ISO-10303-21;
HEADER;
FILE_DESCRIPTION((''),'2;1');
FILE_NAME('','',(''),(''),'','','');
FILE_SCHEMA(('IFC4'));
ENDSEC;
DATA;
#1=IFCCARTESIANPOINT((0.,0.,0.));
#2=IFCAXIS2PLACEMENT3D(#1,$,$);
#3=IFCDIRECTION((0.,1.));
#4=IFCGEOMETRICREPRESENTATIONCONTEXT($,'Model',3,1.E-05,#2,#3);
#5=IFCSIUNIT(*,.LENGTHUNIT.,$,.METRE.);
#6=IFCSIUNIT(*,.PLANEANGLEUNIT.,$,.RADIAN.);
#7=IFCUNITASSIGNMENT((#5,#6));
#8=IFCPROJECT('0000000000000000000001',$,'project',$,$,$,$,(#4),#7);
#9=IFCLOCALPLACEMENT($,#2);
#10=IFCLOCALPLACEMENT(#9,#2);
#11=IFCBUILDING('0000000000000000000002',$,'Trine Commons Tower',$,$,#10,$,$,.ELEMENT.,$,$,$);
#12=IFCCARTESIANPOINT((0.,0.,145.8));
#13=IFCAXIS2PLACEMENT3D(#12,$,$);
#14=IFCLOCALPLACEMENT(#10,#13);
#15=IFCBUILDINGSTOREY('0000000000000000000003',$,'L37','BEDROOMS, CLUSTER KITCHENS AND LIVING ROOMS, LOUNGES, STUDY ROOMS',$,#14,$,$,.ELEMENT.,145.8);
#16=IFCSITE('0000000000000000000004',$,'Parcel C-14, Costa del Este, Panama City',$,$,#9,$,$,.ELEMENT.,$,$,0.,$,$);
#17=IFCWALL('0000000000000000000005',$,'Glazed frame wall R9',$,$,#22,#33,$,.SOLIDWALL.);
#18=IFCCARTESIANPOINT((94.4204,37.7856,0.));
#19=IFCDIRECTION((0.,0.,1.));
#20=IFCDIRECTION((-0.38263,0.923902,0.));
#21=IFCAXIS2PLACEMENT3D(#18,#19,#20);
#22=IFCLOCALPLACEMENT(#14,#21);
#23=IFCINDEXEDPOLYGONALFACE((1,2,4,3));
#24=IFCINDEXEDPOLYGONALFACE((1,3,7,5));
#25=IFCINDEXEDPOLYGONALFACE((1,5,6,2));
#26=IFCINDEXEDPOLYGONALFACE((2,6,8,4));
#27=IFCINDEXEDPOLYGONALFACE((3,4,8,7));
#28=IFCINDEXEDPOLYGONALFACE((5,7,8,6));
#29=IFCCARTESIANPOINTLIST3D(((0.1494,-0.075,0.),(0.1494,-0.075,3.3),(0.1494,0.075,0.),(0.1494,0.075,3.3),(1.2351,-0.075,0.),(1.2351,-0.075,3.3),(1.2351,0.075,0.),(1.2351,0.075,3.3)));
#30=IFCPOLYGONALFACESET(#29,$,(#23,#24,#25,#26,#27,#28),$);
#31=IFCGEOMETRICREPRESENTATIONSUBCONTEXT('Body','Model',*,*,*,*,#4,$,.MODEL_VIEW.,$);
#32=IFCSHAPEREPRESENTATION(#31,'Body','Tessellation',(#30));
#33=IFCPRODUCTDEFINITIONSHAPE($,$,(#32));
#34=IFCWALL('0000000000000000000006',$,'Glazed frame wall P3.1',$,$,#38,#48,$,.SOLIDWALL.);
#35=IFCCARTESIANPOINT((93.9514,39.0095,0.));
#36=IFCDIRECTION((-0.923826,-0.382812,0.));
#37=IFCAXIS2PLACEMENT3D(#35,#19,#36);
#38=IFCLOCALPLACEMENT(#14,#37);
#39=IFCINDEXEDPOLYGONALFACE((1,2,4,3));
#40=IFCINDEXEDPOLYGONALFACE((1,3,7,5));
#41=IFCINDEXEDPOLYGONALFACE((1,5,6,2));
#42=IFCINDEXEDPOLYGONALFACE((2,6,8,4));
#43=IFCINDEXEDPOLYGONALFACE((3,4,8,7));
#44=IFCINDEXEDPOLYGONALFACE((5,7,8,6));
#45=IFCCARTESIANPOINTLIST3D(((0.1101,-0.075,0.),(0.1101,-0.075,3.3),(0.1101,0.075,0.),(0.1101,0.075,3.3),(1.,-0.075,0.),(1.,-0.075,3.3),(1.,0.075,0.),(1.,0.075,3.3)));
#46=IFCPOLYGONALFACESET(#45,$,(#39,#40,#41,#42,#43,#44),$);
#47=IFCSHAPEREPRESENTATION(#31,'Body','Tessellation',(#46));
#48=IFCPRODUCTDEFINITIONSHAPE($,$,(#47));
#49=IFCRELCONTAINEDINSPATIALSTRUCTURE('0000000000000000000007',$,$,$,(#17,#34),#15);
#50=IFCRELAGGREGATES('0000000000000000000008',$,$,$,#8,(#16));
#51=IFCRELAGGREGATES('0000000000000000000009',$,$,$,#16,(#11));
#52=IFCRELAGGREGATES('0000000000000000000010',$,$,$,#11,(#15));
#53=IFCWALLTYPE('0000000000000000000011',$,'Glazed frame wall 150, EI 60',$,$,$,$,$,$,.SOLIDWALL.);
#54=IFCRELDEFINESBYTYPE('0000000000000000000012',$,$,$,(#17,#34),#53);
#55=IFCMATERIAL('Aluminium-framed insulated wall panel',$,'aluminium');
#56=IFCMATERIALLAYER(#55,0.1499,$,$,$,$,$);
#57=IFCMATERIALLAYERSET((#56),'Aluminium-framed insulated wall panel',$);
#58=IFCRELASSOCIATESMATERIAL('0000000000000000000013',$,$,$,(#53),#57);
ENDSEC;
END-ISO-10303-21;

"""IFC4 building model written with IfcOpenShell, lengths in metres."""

from ifc_helpers import new_model, si_unit, direction, frame, origin, place, context, subcontext, project, spatial, polyline, outline, extrude, material, layer, layer_set, type_object, element, save


model = new_model("IFC4")

# Units and contexts
model_context = context("Model", 3, precision=1e-05, world=origin(), true_north=direction((0.0, 1.0)))
body_context = subcontext(model_context, "Body", "Model", "MODEL_VIEW")
ifc_project = project(units=[si_unit("LENGTHUNIT", "METRE"), si_unit("PLANEANGLEUNIT", "RADIAN")], contexts=[model_context])

# Site, building, storey
site_placement = place(None, origin())
site = spatial("IfcSite", under=ifc_project, at=site_placement, Name="Parcel C-14, Costa del Este, Panama City", CompositionType="ELEMENT", RefElevation=0.0)
building_placement = place(site_placement, origin())
building = spatial("IfcBuilding", under=site, at=building_placement, Name="Trine Commons Tower", CompositionType="ELEMENT")
storey_placement = place(building_placement, frame((0.0, 0.0, 145.8)))
storey = spatial("IfcBuildingStorey", under=building, at=storey_placement, Name="L37", Description="BEDROOMS, CLUSTER KITCHENS AND LIVING ROOMS, LOUNGES, STUDY ROOMS", CompositionType="ELEMENT", Elevation=145.8)

# Walls
ifc_material_1 = material(Name="Aluminium-framed insulated wall panel", Category="aluminium")
ifc_layer_1 = layer(ifc_material_1, 0.1499)
ifc_layer_set_1 = layer_set([ifc_layer_1], Name="Aluminium-framed insulated wall panel")
wall_type_1 = type_object("IfcWallType", Name="Glazed frame wall 150, EI 60", PredefinedType="SOLIDWALL", material=ifc_layer_set_1)
wall_1_placement = place(storey_placement, frame((94.4204, 37.7856, 0.0), z_axis=(0.0, 0.0, 1.0), x_axis=(-0.38263, 0.923902, 0.0)))
element("IfcWall", 1, at=wall_1_placement, inside=storey, type_object=wall_type_1, Name="Glazed frame wall R9", PredefinedType="SOLIDWALL", context=body_context, shape_type="SweptSolid", body=[
    extrude(outline(polyline([(0.1494, 0.075), (0.1494, -0.075), (1.2351, -0.075), (1.2351, 0.075), (0.1494, 0.075)])), origin(), (0.0, 0.0, 1.0), 3.3),
])
wall_2_placement = place(storey_placement, frame((93.9514, 39.0095, 0.0), z_axis=(0.0, 0.0, 1.0), x_axis=(-0.923826, -0.382812, 0.0)))
element("IfcWall", 2, at=wall_2_placement, inside=storey, type_object=wall_type_1, Name="Glazed frame wall P3.1", PredefinedType="SOLIDWALL", context=body_context, shape_type="SweptSolid", body=[
    extrude(outline(polyline([(0.1101, -0.075), (1.0, -0.075), (1.0, 0.075), (0.1101, 0.075), (0.1101, -0.075)])), origin(), (0.0, 0.0, 1.0), 3.3),
])

save(model, "model.ifc")
